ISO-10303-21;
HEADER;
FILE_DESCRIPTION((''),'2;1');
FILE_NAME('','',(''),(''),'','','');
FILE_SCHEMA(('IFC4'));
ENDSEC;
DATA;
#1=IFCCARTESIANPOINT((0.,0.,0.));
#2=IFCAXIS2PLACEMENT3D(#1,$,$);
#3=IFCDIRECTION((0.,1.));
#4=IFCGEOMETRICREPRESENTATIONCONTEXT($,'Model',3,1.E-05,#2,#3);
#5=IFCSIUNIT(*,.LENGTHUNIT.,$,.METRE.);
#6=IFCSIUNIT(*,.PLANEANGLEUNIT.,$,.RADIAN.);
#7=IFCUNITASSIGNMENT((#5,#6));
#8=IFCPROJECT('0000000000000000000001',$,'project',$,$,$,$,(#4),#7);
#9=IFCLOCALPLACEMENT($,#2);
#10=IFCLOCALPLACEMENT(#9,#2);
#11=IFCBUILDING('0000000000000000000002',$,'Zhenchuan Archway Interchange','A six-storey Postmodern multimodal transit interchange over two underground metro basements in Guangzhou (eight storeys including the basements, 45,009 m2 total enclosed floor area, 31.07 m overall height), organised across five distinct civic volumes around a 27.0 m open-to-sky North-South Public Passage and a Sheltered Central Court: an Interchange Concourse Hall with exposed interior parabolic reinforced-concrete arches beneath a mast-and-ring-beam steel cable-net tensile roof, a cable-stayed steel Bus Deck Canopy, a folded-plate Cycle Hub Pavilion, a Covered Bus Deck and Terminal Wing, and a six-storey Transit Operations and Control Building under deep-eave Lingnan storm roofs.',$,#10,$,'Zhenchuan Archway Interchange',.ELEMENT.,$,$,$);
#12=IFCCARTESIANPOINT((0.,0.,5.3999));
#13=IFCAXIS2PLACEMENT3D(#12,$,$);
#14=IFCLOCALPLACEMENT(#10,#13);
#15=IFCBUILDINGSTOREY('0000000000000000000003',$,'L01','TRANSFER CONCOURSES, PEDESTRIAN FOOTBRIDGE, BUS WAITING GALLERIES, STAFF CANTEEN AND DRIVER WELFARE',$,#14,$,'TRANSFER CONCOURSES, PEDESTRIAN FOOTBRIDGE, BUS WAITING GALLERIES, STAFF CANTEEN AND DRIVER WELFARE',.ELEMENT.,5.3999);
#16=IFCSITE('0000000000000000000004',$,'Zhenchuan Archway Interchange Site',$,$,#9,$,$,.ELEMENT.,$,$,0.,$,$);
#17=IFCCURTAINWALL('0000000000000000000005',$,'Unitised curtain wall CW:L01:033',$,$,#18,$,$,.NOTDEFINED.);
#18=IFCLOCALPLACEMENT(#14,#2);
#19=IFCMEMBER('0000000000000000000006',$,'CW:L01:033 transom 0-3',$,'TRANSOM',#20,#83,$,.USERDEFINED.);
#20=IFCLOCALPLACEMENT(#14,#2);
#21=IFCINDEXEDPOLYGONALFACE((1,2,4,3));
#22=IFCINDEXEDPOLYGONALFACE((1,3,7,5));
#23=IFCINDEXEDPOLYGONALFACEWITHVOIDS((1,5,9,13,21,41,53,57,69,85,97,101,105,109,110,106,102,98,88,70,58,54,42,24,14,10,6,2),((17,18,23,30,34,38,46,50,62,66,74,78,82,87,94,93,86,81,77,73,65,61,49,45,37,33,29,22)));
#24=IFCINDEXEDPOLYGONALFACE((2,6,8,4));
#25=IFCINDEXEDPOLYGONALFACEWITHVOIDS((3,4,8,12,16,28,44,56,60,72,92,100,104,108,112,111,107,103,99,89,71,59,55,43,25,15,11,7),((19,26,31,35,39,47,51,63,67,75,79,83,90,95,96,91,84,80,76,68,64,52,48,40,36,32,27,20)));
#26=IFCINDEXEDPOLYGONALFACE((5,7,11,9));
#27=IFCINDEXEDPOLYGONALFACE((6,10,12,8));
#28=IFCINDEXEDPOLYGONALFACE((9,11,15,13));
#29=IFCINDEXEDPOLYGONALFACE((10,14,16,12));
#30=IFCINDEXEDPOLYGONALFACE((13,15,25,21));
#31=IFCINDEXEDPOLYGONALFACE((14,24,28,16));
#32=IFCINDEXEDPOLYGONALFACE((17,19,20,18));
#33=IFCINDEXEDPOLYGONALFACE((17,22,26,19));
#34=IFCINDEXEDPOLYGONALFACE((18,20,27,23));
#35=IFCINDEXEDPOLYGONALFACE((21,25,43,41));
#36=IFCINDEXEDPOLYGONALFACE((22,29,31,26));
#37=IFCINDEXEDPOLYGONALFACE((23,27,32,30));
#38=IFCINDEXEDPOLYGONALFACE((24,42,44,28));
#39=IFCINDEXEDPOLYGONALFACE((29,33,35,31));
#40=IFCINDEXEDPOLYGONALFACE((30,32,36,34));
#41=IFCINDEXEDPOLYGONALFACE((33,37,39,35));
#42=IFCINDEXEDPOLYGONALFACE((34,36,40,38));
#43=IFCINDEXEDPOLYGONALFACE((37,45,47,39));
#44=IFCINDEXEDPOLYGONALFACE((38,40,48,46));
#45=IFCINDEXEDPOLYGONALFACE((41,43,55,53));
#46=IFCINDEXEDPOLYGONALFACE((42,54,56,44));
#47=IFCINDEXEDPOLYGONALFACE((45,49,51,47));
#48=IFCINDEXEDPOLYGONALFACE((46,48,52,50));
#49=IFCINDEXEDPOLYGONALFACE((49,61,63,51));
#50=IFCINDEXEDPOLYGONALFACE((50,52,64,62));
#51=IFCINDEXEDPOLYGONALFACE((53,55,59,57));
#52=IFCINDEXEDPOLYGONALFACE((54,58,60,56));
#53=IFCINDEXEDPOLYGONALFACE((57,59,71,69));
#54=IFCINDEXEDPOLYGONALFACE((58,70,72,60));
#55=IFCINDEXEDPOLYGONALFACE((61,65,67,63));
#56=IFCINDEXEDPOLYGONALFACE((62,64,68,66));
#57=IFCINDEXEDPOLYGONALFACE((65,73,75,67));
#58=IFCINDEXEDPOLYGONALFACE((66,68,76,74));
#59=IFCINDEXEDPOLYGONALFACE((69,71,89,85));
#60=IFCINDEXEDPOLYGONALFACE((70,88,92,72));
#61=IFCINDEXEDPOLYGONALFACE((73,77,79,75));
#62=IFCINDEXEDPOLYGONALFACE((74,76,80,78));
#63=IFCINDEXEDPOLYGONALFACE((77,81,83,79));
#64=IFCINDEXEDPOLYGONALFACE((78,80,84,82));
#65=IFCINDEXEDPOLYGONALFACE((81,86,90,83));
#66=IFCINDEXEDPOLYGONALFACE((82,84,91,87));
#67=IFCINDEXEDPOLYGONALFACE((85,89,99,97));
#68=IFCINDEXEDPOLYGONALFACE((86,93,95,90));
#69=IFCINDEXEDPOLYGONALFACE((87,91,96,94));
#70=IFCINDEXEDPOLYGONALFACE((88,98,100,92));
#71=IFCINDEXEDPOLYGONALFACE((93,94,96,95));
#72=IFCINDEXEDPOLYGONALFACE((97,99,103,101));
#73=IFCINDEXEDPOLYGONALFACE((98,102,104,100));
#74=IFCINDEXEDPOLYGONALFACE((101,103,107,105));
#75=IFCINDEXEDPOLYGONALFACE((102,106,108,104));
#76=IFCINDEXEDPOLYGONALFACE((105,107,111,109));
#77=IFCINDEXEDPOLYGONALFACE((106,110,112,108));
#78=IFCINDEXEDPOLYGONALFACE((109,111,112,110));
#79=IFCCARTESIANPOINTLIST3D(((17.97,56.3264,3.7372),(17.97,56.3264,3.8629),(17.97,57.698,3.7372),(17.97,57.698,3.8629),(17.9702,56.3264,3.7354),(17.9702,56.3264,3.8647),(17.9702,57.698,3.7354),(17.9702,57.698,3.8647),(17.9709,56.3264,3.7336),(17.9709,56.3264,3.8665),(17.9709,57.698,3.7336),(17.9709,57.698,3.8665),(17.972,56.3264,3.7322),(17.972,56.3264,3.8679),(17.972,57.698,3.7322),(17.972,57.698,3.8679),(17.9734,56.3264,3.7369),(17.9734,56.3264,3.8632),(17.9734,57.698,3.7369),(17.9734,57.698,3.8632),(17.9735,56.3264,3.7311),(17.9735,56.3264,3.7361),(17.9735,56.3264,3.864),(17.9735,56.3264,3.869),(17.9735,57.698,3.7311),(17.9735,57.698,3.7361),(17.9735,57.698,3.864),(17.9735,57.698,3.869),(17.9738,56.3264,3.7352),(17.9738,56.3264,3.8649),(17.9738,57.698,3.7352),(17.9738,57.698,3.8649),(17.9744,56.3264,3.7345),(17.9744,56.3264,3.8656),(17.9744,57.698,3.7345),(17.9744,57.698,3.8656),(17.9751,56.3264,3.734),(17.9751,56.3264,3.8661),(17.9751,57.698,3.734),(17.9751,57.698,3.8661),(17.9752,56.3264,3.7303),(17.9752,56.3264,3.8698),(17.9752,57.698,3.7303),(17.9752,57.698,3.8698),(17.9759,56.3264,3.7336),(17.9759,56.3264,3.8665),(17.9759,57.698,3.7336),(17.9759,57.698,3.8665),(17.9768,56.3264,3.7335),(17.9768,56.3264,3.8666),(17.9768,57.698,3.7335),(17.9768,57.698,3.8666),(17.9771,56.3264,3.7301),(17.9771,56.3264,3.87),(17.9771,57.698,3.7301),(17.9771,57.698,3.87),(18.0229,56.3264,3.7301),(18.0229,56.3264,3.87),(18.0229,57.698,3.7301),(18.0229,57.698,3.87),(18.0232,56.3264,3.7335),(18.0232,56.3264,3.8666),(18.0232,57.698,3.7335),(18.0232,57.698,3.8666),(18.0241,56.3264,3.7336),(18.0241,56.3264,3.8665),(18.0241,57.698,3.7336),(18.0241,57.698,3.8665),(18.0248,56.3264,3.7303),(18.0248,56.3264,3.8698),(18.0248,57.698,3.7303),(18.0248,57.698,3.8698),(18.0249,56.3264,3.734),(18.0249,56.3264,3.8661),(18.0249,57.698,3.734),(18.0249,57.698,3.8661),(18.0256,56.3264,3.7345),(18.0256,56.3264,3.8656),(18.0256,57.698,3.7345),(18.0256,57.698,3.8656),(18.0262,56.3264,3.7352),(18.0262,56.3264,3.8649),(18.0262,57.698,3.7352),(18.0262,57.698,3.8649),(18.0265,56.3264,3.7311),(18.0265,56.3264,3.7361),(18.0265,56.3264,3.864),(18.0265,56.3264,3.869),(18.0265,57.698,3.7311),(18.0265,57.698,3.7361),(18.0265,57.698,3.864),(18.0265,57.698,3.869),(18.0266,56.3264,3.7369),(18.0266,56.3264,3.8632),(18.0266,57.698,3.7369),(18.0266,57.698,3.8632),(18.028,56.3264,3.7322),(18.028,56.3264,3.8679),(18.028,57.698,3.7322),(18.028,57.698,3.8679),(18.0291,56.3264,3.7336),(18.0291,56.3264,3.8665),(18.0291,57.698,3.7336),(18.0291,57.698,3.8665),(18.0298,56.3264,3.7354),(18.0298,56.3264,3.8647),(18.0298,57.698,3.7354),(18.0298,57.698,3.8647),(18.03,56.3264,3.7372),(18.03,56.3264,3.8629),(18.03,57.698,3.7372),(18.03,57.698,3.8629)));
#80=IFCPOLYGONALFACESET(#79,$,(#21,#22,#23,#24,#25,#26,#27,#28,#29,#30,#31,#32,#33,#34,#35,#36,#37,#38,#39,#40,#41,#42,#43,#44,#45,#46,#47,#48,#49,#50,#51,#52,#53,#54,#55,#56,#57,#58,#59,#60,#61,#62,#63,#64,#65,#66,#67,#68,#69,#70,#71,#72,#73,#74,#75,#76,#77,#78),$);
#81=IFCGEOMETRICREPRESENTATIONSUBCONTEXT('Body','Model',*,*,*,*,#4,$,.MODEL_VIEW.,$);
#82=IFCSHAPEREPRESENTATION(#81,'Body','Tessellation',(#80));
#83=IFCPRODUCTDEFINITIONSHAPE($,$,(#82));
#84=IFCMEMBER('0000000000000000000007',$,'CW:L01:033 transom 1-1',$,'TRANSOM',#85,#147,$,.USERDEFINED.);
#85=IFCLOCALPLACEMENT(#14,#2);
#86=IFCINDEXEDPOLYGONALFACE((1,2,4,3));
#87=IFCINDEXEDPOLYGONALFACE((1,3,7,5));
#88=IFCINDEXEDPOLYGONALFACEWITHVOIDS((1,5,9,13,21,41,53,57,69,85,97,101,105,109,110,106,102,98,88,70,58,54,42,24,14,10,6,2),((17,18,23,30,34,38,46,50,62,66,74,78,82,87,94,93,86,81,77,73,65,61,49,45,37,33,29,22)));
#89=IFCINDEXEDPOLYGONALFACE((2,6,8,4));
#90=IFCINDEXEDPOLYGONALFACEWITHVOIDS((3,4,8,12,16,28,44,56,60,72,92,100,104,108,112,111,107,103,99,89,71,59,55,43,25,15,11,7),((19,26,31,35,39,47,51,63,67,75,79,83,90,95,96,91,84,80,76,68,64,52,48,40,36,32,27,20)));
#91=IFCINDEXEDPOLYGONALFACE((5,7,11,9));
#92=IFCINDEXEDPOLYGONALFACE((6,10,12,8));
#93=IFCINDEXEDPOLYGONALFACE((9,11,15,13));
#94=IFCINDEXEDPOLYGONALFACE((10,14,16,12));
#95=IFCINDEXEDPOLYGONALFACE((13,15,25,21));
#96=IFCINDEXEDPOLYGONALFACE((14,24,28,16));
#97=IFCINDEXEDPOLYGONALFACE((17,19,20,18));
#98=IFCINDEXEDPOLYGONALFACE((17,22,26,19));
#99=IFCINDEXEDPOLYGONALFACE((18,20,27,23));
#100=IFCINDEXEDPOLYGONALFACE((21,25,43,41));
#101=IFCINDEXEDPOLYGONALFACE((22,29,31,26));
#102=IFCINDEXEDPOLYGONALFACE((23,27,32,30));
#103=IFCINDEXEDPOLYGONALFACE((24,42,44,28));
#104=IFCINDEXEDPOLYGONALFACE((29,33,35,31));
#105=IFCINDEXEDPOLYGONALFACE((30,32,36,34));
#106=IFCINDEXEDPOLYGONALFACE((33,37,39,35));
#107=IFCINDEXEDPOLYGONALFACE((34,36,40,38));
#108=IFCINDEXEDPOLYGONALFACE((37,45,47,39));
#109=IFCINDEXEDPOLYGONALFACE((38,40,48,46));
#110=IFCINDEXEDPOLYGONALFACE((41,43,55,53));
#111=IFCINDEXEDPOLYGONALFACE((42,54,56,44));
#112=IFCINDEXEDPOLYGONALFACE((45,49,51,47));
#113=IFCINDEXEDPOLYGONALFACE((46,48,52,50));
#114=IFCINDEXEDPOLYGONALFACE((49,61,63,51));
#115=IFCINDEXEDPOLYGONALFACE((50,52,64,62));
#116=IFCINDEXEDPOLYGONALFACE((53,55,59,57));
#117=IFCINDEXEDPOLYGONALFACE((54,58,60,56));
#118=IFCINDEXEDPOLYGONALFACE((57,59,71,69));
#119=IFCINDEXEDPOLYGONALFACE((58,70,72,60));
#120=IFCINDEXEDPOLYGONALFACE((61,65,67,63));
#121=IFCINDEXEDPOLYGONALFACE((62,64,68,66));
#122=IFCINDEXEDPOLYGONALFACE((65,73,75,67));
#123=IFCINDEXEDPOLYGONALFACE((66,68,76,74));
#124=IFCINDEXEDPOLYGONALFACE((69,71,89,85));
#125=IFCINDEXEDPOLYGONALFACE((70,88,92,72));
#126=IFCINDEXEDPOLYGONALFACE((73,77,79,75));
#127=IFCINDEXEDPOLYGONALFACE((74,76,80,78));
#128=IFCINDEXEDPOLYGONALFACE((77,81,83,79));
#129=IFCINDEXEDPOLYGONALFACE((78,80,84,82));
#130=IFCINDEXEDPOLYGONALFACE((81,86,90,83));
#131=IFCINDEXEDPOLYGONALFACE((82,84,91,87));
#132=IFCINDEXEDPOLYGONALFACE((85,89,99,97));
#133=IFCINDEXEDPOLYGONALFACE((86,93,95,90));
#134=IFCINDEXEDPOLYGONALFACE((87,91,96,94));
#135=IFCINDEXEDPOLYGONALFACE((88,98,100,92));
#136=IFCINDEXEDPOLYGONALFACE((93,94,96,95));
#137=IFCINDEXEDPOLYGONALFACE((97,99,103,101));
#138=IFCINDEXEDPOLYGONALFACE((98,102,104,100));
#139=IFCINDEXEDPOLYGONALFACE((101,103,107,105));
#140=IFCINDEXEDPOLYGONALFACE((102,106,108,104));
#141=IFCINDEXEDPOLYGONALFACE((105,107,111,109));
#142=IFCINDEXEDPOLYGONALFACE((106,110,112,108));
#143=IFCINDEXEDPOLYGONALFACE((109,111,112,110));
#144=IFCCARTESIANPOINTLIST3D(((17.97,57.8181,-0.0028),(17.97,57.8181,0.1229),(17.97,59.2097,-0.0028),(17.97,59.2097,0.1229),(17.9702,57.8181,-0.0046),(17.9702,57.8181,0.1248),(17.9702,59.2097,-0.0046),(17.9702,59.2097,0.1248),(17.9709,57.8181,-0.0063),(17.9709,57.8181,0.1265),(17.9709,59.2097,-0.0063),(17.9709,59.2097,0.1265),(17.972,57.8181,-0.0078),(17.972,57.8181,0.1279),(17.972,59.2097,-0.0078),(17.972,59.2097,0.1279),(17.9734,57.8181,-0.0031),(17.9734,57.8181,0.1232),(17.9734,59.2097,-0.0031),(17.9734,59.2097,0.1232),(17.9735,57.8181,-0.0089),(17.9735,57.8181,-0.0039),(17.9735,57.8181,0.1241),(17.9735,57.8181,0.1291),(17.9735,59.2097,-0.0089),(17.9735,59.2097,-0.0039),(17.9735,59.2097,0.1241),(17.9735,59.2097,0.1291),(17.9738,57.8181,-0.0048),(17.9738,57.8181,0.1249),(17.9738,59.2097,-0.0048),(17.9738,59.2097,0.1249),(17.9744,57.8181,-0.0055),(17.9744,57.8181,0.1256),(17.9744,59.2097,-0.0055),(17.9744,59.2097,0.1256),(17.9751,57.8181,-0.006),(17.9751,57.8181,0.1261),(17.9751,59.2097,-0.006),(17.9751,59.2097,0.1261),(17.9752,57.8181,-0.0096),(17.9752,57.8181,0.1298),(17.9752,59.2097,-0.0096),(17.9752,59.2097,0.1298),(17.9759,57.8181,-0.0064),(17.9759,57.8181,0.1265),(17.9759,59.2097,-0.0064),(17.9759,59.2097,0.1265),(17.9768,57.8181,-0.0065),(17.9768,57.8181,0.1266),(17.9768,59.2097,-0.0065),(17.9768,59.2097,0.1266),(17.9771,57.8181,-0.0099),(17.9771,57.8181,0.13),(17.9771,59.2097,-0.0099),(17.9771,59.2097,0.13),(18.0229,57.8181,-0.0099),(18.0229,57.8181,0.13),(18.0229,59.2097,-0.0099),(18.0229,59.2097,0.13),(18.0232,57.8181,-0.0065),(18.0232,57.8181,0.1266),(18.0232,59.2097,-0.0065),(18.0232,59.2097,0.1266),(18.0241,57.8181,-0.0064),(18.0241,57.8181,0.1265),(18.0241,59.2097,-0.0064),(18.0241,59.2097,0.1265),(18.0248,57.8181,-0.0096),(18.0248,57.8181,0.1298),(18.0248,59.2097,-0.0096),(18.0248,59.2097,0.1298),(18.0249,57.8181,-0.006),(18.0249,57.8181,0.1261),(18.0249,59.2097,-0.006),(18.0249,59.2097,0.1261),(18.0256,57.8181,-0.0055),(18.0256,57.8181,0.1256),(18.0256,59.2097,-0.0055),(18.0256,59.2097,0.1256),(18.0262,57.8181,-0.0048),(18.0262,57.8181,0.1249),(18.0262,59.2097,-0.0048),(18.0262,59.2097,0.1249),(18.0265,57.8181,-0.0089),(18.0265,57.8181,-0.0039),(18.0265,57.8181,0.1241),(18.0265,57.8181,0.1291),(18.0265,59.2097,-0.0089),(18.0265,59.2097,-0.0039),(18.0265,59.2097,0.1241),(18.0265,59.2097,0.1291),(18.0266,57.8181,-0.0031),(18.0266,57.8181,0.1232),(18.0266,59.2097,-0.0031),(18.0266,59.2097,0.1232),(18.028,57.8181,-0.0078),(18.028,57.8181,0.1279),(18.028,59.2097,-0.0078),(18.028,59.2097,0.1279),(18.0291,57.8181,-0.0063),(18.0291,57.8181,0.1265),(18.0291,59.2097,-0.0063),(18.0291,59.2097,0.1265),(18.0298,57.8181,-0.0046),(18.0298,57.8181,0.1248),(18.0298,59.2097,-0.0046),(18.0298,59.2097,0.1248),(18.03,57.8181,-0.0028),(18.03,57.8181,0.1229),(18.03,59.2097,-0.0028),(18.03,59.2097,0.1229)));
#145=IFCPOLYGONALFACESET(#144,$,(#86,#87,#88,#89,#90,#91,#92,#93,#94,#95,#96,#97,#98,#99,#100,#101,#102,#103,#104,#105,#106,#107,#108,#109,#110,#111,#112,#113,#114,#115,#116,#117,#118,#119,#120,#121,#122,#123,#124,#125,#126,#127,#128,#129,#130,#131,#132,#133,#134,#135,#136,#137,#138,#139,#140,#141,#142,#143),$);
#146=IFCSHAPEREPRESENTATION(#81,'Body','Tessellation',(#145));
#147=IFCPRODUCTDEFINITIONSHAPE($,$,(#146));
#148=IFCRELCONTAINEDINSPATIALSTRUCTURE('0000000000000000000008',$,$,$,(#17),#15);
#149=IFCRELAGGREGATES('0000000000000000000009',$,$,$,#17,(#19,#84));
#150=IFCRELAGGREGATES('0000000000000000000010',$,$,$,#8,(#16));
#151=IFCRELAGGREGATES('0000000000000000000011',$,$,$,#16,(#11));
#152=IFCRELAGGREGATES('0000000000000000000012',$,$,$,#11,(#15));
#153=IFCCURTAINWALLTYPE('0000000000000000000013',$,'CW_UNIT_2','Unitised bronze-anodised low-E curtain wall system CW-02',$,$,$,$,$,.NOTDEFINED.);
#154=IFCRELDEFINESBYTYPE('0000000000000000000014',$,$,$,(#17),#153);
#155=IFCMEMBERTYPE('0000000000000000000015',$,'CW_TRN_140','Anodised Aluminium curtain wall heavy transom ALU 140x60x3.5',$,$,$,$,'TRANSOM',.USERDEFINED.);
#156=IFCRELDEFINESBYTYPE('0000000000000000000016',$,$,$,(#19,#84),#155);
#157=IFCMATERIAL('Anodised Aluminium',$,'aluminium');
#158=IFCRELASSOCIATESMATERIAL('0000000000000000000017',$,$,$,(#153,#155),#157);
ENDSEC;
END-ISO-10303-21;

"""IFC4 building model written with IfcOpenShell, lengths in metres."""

from ifc_helpers import new_model, si_unit, direction, frame, origin, origin_2d, place, context, subcontext, project, spatial, hollow_rectangle, extrude, material, material_profile, profile_set, type_object, element, aggregate, save


model = new_model("IFC4")

# Units and contexts
model_context = context("Model", 3, precision=1e-05, world=origin(), true_north=direction((0.0, 1.0)))
body_context = subcontext(model_context, "Body", "Model", "MODEL_VIEW")
ifc_project = project(units=[si_unit("LENGTHUNIT", "METRE"), si_unit("PLANEANGLEUNIT", "RADIAN")], contexts=[model_context])

# Site, building, storey
site_placement = place(None, origin())
site = spatial("IfcSite", under=ifc_project, at=site_placement, Name="Zhenchuan Archway Interchange Site", CompositionType="ELEMENT", RefElevation=0.0)
building_placement = place(site_placement, origin())
building = spatial("IfcBuilding", under=site, at=building_placement, Name="Zhenchuan Archway Interchange", Description="A six-storey Postmodern multimodal transit interchange over two underground metro basements in Guangzhou (eight storeys including the basements, 45,009 m2 total enclosed floor area, 31.07 m overall height), organised across five distinct civic volumes around a 27.0 m open-to-sky North-South Public Passage and a Sheltered Central Court: an Interchange Concourse Hall with exposed interior parabolic reinforced-concrete arches beneath a mast-and-ring-beam steel cable-net tensile roof, a cable-stayed steel Bus Deck Canopy, a folded-plate Cycle Hub Pavilion, a Covered Bus Deck and Terminal Wing, and a six-storey Transit Operations and Control Building under deep-eave Lingnan storm roofs.", LongName="Zhenchuan Archway Interchange", CompositionType="ELEMENT")
storey_placement = place(building_placement, frame((0.0, 0.0, 5.3999)))
storey = spatial("IfcBuildingStorey", under=building, at=storey_placement, Name="L01", Description="TRANSFER CONCOURSES, PEDESTRIAN FOOTBRIDGE, BUS WAITING GALLERIES, STAFF CANTEEN AND DRIVER WELFARE", LongName="TRANSFER CONCOURSES, PEDESTRIAN FOOTBRIDGE, BUS WAITING GALLERIES, STAFF CANTEEN AND DRIVER WELFARE", CompositionType="ELEMENT", Elevation=5.3999)

# Curtain wall
ifc_material_1 = material(Name="Anodised Aluminium", Category="aluminium")
curtain_wall_type_1 = type_object("IfcCurtainWallType", Name="CW_UNIT_2", Description="Unitised bronze-anodised low-E curtain wall system CW-02", PredefinedType="NOTDEFINED", material=ifc_material_1)
curtain_wall_1_placement = place(storey_placement, origin())
curtain_wall_1 = element("IfcCurtainWall", 1, at=curtain_wall_1_placement, inside=storey, type_object=curtain_wall_type_1, Name="Unitised curtain wall CW:L01:033", PredefinedType="NOTDEFINED")

# Members
ifc_material_profile_1 = material_profile(ifc_material_1, hollow_rectangle(XDim=0.0601, YDim=0.1399, WallThickness=0.0034, InnerFilletRadius=0.0034, OuterFilletRadius=0.0071, at=origin_2d()), Name="ALU 140x60x3.5")
ifc_profile_set_1 = profile_set([ifc_material_profile_1], Name="Anodised Aluminium")
member_type_1 = type_object("IfcMemberType", Name="CW_TRN_140", Description="Anodised Aluminium curtain wall heavy transom ALU 140x60x3.5", ElementType="TRANSOM", PredefinedType="USERDEFINED", material=ifc_profile_set_1)
member_1_placement = place(storey_placement, frame((18.0, 56.3264, 3.8), z_axis=(0.0, 1.0, 0.0), x_axis=(-1.0, 0.0, 0.0)))
member_1 = element("IfcMember", 2, at=member_1_placement, type_object=member_type_1, Name="CW:L01:033 transom 0-3", ObjectType="TRANSOM", PredefinedType="USERDEFINED", context=body_context, shape_type="SweptSolid", body=[
    extrude(hollow_rectangle(XDim=0.0601, YDim=0.1399, WallThickness=0.0034, InnerFilletRadius=0.0034, OuterFilletRadius=0.0071, at=origin_2d()), origin(), (0.0, 0.0, 1.0), 1.3716),
])
member_2_placement = place(storey_placement, frame((18.0, 57.8181, 0.0601), z_axis=(0.0, 1.0, 0.0), x_axis=(-1.0, 0.0, 0.0)))
member_2 = element("IfcMember", 3, at=member_2_placement, type_object=member_type_1, Name="CW:L01:033 transom 1-1", ObjectType="TRANSOM", PredefinedType="USERDEFINED", context=body_context, shape_type="SweptSolid", body=[
    extrude(hollow_rectangle(XDim=0.0601, YDim=0.1399, WallThickness=0.0034, InnerFilletRadius=0.0034, OuterFilletRadius=0.0071, at=origin_2d()), origin(), (0.0, 0.0, 1.0), 1.3916),
])

aggregate(curtain_wall_1, [member_1, member_2])

save(model, "model.ifc")
